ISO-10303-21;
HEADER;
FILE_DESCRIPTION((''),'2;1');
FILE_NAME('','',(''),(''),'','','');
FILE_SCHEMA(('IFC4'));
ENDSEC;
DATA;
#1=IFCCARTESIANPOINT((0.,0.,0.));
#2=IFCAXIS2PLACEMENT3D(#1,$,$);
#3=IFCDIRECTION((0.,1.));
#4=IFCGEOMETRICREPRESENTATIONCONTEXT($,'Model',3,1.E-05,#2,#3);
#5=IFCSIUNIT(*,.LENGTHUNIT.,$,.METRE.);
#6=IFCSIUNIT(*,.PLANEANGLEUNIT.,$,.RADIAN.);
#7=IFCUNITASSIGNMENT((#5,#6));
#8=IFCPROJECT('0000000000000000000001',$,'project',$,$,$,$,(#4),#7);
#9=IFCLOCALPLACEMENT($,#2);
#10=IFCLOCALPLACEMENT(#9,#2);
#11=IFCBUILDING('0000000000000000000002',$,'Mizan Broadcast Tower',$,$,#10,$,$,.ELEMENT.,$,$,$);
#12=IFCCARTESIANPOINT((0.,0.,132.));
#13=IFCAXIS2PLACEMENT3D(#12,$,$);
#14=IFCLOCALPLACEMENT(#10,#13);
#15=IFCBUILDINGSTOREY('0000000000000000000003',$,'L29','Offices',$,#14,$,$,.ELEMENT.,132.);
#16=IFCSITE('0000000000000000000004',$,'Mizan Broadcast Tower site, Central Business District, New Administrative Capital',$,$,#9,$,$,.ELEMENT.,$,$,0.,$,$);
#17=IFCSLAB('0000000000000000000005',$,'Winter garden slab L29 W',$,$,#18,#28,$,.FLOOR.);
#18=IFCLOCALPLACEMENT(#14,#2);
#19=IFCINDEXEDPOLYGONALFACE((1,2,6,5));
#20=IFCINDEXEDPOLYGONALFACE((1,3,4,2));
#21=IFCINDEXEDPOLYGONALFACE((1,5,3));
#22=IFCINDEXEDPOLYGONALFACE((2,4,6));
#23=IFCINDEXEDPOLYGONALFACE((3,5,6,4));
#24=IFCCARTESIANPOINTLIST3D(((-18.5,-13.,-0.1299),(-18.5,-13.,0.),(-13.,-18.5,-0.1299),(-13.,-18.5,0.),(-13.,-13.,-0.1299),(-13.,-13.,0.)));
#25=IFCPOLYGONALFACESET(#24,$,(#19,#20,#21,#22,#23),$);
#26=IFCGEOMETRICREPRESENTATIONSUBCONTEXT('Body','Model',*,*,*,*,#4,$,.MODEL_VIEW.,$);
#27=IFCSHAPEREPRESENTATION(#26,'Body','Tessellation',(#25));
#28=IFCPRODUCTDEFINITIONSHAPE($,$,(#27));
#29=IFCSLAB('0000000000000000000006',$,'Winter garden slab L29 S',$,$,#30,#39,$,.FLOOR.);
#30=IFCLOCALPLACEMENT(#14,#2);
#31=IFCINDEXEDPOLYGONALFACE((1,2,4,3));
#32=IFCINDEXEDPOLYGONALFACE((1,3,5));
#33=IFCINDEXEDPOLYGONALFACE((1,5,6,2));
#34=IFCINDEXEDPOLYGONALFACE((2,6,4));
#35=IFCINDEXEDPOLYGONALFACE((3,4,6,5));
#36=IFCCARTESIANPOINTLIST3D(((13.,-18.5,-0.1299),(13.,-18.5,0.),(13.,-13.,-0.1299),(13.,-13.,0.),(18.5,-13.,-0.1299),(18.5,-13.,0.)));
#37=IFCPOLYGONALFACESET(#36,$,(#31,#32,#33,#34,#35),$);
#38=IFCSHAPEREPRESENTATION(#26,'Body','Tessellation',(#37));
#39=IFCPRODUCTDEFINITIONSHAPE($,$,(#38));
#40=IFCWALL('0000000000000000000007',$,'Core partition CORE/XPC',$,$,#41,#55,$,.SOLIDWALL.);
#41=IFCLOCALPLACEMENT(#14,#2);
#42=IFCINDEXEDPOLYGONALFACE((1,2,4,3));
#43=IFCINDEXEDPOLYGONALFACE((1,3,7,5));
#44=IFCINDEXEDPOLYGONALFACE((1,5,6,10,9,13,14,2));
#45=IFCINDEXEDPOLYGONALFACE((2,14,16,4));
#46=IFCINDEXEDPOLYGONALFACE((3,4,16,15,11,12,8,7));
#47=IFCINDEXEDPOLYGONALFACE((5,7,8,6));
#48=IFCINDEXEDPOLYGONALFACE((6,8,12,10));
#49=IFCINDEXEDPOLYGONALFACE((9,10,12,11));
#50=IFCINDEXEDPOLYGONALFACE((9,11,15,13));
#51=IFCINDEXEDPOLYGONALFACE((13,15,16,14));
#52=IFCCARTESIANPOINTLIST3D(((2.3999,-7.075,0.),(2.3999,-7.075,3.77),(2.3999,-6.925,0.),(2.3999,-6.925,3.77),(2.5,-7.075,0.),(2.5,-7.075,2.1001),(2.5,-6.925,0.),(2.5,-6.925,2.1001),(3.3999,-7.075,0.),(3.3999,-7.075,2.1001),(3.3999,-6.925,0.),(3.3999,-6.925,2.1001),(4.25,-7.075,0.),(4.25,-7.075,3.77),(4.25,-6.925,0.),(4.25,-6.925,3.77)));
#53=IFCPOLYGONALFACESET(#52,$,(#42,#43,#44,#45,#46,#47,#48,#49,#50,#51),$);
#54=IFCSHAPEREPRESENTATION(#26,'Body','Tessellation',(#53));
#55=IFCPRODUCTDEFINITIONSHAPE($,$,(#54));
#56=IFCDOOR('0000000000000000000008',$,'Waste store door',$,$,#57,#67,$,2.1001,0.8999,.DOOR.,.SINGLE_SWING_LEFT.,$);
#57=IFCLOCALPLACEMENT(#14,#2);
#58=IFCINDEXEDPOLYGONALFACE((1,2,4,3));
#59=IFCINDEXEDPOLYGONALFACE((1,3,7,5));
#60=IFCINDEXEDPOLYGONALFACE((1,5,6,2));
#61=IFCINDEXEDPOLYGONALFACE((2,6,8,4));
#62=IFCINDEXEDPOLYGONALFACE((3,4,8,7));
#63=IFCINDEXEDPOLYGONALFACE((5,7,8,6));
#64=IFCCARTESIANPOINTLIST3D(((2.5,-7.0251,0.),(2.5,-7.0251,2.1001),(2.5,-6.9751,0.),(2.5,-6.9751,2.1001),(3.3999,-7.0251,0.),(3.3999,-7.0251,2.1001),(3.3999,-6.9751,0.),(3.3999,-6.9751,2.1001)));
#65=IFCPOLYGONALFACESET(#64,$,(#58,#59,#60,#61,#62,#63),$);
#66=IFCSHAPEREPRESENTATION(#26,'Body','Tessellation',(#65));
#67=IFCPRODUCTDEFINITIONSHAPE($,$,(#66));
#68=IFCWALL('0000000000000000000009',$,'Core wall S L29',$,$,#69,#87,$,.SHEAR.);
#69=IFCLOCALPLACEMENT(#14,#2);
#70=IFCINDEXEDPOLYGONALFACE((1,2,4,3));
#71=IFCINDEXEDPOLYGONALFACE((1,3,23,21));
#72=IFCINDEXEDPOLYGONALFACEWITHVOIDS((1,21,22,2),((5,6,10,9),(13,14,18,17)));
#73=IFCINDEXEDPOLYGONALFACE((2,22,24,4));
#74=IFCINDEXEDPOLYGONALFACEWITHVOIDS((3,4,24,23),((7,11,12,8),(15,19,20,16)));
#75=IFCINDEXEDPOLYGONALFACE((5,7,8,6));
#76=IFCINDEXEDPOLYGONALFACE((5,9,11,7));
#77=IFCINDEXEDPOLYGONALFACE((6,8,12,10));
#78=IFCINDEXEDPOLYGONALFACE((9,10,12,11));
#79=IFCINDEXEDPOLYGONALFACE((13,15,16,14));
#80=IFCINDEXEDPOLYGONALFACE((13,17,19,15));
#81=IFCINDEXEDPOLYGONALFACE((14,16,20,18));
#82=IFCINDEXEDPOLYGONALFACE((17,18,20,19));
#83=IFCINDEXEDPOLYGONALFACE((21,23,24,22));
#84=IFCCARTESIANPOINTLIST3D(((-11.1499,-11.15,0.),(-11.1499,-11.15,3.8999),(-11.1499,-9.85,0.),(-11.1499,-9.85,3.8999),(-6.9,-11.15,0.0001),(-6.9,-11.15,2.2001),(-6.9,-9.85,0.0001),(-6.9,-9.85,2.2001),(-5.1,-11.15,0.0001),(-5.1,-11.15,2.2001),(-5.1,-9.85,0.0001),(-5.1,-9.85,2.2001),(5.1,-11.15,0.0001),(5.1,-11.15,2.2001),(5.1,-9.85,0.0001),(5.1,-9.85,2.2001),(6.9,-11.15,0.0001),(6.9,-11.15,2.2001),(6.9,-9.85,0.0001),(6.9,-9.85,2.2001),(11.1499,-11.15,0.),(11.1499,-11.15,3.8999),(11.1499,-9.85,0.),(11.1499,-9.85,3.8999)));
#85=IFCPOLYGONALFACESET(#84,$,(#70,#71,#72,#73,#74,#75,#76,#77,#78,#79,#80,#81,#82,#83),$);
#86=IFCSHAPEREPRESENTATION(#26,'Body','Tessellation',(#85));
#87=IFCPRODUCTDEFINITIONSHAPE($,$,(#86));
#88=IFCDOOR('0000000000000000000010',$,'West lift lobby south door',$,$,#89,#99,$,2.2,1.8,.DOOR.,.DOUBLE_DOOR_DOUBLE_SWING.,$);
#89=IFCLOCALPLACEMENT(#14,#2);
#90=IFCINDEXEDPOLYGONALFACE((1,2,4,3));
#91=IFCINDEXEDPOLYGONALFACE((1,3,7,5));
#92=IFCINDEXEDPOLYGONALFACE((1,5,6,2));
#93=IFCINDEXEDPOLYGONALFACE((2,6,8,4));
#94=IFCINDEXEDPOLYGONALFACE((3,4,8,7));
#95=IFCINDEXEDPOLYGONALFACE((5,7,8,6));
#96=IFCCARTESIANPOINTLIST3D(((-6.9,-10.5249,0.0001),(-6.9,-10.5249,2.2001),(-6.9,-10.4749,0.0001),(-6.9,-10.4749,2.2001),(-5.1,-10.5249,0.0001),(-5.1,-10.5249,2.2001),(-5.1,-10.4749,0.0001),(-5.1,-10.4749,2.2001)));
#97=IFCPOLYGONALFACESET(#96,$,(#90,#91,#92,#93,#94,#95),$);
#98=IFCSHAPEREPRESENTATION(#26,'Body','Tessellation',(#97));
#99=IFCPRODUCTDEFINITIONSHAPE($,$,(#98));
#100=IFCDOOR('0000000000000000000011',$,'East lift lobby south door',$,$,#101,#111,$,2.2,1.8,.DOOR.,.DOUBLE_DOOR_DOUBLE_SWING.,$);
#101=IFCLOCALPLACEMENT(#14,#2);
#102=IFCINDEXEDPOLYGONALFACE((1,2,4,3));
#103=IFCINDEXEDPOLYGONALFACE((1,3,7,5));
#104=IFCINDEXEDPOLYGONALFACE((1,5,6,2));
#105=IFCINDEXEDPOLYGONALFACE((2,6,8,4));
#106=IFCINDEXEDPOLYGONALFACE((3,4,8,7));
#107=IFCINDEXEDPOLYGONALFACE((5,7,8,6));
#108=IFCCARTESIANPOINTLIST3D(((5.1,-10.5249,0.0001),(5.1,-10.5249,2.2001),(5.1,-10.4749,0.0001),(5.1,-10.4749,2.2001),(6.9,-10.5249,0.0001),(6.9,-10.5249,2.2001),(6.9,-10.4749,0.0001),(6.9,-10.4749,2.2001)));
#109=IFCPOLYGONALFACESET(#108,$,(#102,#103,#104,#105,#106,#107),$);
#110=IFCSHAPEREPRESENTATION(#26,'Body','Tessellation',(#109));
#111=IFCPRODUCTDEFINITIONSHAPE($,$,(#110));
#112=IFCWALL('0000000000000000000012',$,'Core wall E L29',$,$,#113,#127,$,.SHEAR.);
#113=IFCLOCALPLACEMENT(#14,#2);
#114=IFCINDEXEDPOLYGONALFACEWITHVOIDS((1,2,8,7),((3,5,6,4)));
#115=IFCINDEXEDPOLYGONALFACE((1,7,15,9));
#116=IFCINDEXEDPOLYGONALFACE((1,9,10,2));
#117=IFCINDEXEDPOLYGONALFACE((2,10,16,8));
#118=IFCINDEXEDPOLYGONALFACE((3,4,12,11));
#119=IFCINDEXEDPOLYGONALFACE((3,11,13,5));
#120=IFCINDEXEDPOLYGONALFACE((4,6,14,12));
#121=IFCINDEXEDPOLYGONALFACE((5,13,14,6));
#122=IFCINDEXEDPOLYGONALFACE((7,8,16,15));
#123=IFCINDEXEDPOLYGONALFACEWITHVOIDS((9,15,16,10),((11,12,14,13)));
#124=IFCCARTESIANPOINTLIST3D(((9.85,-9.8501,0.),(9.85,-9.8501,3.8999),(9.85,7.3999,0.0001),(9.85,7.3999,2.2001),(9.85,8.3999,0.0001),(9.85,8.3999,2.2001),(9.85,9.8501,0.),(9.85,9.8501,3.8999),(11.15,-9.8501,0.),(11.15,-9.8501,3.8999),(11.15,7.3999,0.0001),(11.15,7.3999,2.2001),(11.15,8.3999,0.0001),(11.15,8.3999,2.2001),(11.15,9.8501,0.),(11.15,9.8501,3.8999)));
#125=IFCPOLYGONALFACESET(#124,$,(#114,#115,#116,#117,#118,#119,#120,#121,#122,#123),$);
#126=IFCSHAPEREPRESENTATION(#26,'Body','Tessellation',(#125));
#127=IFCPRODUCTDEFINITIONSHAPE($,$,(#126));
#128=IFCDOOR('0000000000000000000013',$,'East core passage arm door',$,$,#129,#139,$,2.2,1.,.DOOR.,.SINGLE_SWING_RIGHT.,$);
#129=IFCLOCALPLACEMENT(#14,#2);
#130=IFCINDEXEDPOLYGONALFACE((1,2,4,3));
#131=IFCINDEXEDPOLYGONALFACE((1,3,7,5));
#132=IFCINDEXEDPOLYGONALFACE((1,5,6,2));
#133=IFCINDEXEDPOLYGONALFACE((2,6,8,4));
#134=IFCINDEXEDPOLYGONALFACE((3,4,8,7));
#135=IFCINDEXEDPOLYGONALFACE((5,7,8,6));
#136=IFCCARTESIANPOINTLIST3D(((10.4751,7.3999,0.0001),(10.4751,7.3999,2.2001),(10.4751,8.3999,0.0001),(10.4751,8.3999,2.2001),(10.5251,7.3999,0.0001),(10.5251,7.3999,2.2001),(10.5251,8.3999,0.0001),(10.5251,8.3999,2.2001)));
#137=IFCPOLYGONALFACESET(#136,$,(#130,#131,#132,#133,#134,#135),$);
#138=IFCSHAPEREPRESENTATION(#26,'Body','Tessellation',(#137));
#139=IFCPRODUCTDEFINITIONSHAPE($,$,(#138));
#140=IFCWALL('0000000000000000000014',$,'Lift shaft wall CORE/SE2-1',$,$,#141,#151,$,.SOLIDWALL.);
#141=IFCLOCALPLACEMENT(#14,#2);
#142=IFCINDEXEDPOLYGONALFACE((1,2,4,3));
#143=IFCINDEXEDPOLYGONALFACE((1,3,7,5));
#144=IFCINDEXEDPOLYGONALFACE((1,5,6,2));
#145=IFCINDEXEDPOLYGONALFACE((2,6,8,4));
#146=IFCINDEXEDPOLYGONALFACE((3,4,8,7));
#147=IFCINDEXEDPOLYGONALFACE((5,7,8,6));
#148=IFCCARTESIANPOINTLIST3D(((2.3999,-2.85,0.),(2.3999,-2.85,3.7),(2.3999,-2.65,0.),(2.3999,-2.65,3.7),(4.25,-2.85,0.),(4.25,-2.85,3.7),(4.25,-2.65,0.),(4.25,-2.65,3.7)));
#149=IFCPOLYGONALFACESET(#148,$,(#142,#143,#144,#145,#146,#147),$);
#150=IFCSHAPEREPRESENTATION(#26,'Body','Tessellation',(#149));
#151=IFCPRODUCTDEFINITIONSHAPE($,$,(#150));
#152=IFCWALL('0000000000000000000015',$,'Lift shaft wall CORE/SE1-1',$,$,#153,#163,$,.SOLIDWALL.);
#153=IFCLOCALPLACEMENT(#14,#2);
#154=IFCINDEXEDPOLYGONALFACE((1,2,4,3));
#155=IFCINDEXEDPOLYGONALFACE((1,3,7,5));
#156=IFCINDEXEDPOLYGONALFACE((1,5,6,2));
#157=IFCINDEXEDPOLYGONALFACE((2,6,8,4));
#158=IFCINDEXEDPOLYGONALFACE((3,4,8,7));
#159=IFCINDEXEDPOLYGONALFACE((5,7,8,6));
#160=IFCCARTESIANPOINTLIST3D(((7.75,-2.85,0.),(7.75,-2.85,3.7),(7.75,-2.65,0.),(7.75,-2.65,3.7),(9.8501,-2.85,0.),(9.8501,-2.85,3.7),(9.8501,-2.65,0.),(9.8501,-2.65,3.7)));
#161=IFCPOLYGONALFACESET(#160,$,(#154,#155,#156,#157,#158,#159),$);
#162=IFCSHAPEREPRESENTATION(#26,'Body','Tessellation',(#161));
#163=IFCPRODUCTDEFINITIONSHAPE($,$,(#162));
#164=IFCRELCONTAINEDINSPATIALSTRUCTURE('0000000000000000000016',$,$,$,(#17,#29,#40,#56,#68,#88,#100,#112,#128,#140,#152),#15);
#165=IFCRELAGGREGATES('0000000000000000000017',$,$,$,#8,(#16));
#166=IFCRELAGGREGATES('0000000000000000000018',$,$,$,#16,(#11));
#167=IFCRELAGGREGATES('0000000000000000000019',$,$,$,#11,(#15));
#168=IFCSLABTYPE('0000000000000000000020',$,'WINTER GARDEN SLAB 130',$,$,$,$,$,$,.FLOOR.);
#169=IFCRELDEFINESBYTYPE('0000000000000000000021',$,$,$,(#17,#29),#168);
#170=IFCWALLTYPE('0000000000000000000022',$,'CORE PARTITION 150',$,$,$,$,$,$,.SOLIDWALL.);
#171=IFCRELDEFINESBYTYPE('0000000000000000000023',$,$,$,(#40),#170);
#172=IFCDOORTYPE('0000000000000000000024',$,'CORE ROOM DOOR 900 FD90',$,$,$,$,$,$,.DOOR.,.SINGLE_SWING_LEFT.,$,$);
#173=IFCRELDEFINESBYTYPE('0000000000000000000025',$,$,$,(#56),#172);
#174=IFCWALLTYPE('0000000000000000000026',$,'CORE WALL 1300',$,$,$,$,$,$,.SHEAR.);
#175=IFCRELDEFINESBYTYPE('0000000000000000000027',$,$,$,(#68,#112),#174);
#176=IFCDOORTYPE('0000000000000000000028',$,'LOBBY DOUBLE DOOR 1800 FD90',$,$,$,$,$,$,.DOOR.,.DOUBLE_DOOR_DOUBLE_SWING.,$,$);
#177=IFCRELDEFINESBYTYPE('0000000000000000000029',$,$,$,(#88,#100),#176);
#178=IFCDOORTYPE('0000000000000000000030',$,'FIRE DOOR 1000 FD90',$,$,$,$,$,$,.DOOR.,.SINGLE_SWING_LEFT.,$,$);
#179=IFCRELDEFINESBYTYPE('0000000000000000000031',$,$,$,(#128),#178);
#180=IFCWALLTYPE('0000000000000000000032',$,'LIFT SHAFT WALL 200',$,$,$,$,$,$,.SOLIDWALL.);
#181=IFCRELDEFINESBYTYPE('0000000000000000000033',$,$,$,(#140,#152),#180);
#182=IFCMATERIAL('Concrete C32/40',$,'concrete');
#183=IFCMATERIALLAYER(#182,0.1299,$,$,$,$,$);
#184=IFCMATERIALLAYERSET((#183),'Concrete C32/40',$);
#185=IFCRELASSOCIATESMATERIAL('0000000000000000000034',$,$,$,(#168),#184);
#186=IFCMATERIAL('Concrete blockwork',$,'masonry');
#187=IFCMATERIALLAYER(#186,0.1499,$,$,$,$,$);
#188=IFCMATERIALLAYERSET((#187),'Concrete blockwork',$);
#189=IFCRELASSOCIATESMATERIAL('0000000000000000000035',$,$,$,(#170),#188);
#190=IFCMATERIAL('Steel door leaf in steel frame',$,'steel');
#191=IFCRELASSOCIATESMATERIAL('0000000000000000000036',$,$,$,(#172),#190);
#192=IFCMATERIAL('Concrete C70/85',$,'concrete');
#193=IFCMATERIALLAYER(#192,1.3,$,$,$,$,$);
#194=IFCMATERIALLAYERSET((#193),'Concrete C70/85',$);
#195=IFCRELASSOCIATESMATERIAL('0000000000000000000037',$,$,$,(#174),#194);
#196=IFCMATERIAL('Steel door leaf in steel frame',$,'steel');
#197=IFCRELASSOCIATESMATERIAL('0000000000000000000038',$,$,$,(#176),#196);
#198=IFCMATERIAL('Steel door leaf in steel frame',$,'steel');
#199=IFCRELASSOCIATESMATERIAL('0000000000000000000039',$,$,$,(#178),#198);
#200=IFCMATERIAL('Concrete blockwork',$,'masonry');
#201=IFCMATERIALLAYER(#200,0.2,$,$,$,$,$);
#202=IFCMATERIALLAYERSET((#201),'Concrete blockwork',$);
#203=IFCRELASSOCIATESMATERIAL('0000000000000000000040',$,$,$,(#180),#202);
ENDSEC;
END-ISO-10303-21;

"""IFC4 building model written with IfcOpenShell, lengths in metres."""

from ifc_helpers import new_model, si_unit, direction, frame, frame_2d, origin, place, context, subcontext, project, spatial, polyline, rectangle, outline, extrude, material, layer, layer_set, type_object, element, fill, save


model = new_model("IFC4")

# Units and contexts
model_context = context("Model", 3, precision=1e-05, world=origin(), true_north=direction((0.0, 1.0)))
body_context = subcontext(model_context, "Body", "Model", "MODEL_VIEW")
ifc_project = project(units=[si_unit("LENGTHUNIT", "METRE"), si_unit("PLANEANGLEUNIT", "RADIAN")], contexts=[model_context])

# Site, building, storey
site_placement = place(None, origin())
site = spatial("IfcSite", under=ifc_project, at=site_placement, Name="Mizan Broadcast Tower site, Central Business District, New Administrative Capital", CompositionType="ELEMENT", RefElevation=0.0)
building_placement = place(site_placement, origin())
building = spatial("IfcBuilding", under=site, at=building_placement, Name="Mizan Broadcast Tower", CompositionType="ELEMENT")
storey_placement = place(building_placement, frame((0.0, 0.0, 132.0)))
storey = spatial("IfcBuildingStorey", under=building, at=storey_placement, Name="L29", Description="Offices", CompositionType="ELEMENT", Elevation=132.0)

# Slabs
ifc_material_1 = material(Name="Concrete C32/40", Category="concrete")
ifc_layer_1 = layer(ifc_material_1, 0.1299)
ifc_layer_set_1 = layer_set([ifc_layer_1], Name="Concrete C32/40")
slab_type_1 = type_object("IfcSlabType", Name="WINTER GARDEN SLAB 130", PredefinedType="FLOOR", material=ifc_layer_set_1)
slab_1_placement = place(storey_placement, frame((0.0, 0.0, -0.1299)))
element("IfcSlab", 1, at=slab_1_placement, inside=storey, type_object=slab_type_1, Name="Winter garden slab L29 W", PredefinedType="FLOOR", context=body_context, shape_type="SweptSolid", body=[
    extrude(outline(polyline([(-13.0, -13.0), (-18.5, -13.0), (-13.0, -18.5), (-13.0, -13.0)])), origin(), (0.0, 0.0, 1.0), 0.1299),
])
slab_2_placement = place(storey_placement, frame((0.0, 0.0, -0.1299)))
element("IfcSlab", 2, at=slab_2_placement, inside=storey, type_object=slab_type_1, Name="Winter garden slab L29 S", PredefinedType="FLOOR", context=body_context, shape_type="SweptSolid", body=[
    extrude(outline(polyline([(13.0, -13.0), (13.0, -18.5), (18.5, -13.0), (13.0, -13.0)])), origin(), (0.0, 0.0, 1.0), 0.1299),
])

# Wall, opening, door
ifc_material_2 = material(Name="Concrete blockwork", Category="masonry")
ifc_layer_2 = layer(ifc_material_2, 0.1499)
ifc_layer_set_2 = layer_set([ifc_layer_2], Name="Concrete blockwork")
wall_type_1 = type_object("IfcWallType", Name="CORE PARTITION 150", PredefinedType="SOLIDWALL", material=ifc_layer_set_2)
wall_1_placement = place(storey_placement, frame((2.3999, -7.0, 0.0), z_axis=(0.0, 0.0, 1.0), x_axis=(1.0, 0.0, 0.0)))
wall_1 = element("IfcWall", 3, at=wall_1_placement, inside=storey, type_object=wall_type_1, Name="Core partition CORE/XPC", PredefinedType="SOLIDWALL", context=body_context, shape_type="SweptSolid", body=[
    extrude(rectangle(XDim=1.8501, YDim=0.1499, at=frame_2d((0.925, 0.0))), origin(), (0.0, 0.0, 1.0), 3.77),
])
opening_1_placement = place(wall_1_placement, frame((0.1001, 0.0, 0.0)))
opening_1 = element("IfcOpeningElement", 4, at=opening_1_placement, cuts=wall_1, PredefinedType="OPENING", context=body_context, shape_type="SweptSolid", body=[
    extrude(rectangle(XDim=0.8999, YDim=2.1001, at=frame_2d((0.45, 1.05))), frame((0.0, 0.085, 0.0), z_axis=(0.0, -1.0, 0.0), x_axis=(1.0, 0.0, 0.0)), (0.0, 0.0, 1.0), 0.1699),
])
ifc_material_3 = material(Name="Steel door leaf in steel frame", Category="steel")
door_type_1 = type_object("IfcDoorType", Name="CORE ROOM DOOR 900 FD90", OperationType="SINGLE_SWING_LEFT", PredefinedType="DOOR", material=ifc_material_3)
door_1_placement = place(opening_1_placement, origin())
door_1 = element("IfcDoor", 5, at=door_1_placement, inside=storey, type_object=door_type_1, Name="Waste store door", OperationType="SINGLE_SWING_LEFT", OverallHeight=2.1001, OverallWidth=0.8999, PredefinedType="DOOR", context=body_context, shape_type="SweptSolid", body=[
    extrude(rectangle(XDim=0.8999, YDim=2.1001, at=frame_2d((0.45, 1.05))), frame((0.0, 0.0249, 0.0), z_axis=(0.0, -1.0, 0.0), x_axis=(1.0, 0.0, 0.0)), (0.0, 0.0, 1.0), 0.05),
])
fill(opening_1, door_1)

# Wall, openings, doors
ifc_material_4 = material(Name="Concrete C70/85", Category="concrete")
ifc_layer_3 = layer(ifc_material_4, 1.3)
ifc_layer_set_3 = layer_set([ifc_layer_3], Name="Concrete C70/85")
wall_type_2 = type_object("IfcWallType", Name="CORE WALL 1300", PredefinedType="SHEAR", material=ifc_layer_set_3)
wall_2_placement = place(storey_placement, frame((11.1499, -10.5, 0.0), z_axis=(0.0, 0.0, 1.0), x_axis=(-1.0, 0.0, 0.0)))
wall_2 = element("IfcWall", 6, at=wall_2_placement, inside=storey, type_object=wall_type_2, Name="Core wall S L29", PredefinedType="SHEAR", context=body_context, shape_type="SweptSolid", body=[
    extrude(rectangle(XDim=22.2998, YDim=1.3, at=frame_2d((11.1499, 0.0))), origin(), (0.0, 0.0, 1.0), 3.8999),
])
opening_2_placement = place(wall_2_placement, frame((16.25, 0.0, 0.0)))
opening_2 = element("IfcOpeningElement", 7, at=opening_2_placement, cuts=wall_2, PredefinedType="OPENING", context=body_context, shape_type="SweptSolid", body=[
    extrude(rectangle(XDim=1.8, YDim=2.2, at=frame_2d((0.8999, 1.1001))), frame((0.0, 0.6599, 0.0), z_axis=(0.0, -1.0, 0.0), x_axis=(1.0, 0.0, 0.0)), (0.0, 0.0, 1.0), 1.3201),
])
opening_3_placement = place(wall_2_placement, frame((4.25, 0.0, 0.0)))
opening_3 = element("IfcOpeningElement", 8, at=opening_3_placement, cuts=wall_2, PredefinedType="OPENING", context=body_context, shape_type="SweptSolid", body=[
    extrude(rectangle(XDim=1.8, YDim=2.2, at=frame_2d((0.8999, 1.1001))), frame((0.0, 0.6599, 0.0), z_axis=(0.0, -1.0, 0.0), x_axis=(1.0, 0.0, 0.0)), (0.0, 0.0, 1.0), 1.3201),
])
ifc_material_5 = material(Name="Steel door leaf in steel frame", Category="steel")
door_type_2 = type_object("IfcDoorType", Name="LOBBY DOUBLE DOOR 1800 FD90", OperationType="DOUBLE_DOOR_DOUBLE_SWING", PredefinedType="DOOR", material=ifc_material_5)
door_2_placement = place(opening_2_placement, origin())
door_2 = element("IfcDoor", 9, at=door_2_placement, inside=storey, type_object=door_type_2, Name="West lift lobby south door", OperationType="DOUBLE_DOOR_DOUBLE_SWING", OverallHeight=2.2, OverallWidth=1.8, PredefinedType="DOOR", context=body_context, shape_type="SweptSolid", body=[
    extrude(rectangle(XDim=1.8, YDim=2.2, at=frame_2d((0.8999, 1.1001))), frame((0.0, 0.0249, 0.0), z_axis=(0.0, -1.0, 0.0), x_axis=(1.0, 0.0, 0.0)), (0.0, 0.0, 1.0), 0.05),
])
fill(opening_2, door_2)
door_3_placement = place(opening_3_placement, origin())
door_3 = element("IfcDoor", 10, at=door_3_placement, inside=storey, type_object=door_type_2, Name="East lift lobby south door", OperationType="DOUBLE_DOOR_DOUBLE_SWING", OverallHeight=2.2, OverallWidth=1.8, PredefinedType="DOOR", context=body_context, shape_type="SweptSolid", body=[
    extrude(rectangle(XDim=1.8, YDim=2.2, at=frame_2d((0.8999, 1.1001))), frame((0.0, 0.0249, 0.0), z_axis=(0.0, -1.0, 0.0), x_axis=(1.0, 0.0, 0.0)), (0.0, 0.0, 1.0), 0.05),
])
fill(opening_3, door_3)

# Wall, opening, door
wall_3_placement = place(storey_placement, frame((10.5, -9.8501, 0.0), z_axis=(0.0, 0.0, 1.0), x_axis=(0.0, 1.0, 0.0)))
wall_3 = element("IfcWall", 11, at=wall_3_placement, inside=storey, type_object=wall_type_2, Name="Core wall E L29", PredefinedType="SHEAR", context=body_context, shape_type="SweptSolid", body=[
    extrude(rectangle(XDim=19.7002, YDim=1.3, at=frame_2d((9.8501, 0.0))), origin(), (0.0, 0.0, 1.0), 3.8999),
])
opening_4_placement = place(wall_3_placement, frame((17.25, 0.0, 0.0)))
opening_4 = element("IfcOpeningElement", 12, at=opening_4_placement, cuts=wall_3, PredefinedType="OPENING", context=body_context, shape_type="SweptSolid", body=[
    extrude(rectangle(XDim=1.0, YDim=2.2, at=frame_2d((0.5, 1.1001))), frame((0.0, 0.6599, 0.0), z_axis=(0.0, -1.0, 0.0), x_axis=(1.0, 0.0, 0.0)), (0.0, 0.0, 1.0), 1.3201),
])
ifc_material_6 = material(Name="Steel door leaf in steel frame", Category="steel")
door_type_3 = type_object("IfcDoorType", Name="FIRE DOOR 1000 FD90", OperationType="SINGLE_SWING_LEFT", PredefinedType="DOOR", material=ifc_material_6)
door_4_placement = place(opening_4_placement, origin())
door_4 = element("IfcDoor", 13, at=door_4_placement, inside=storey, type_object=door_type_3, Name="East core passage arm door", OperationType="SINGLE_SWING_RIGHT", OverallHeight=2.2, OverallWidth=1.0, PredefinedType="DOOR", context=body_context, shape_type="SweptSolid", body=[
    extrude(rectangle(XDim=1.0, YDim=2.2, at=frame_2d((0.5, 1.1001))), frame((0.0, 0.0249, 0.0), z_axis=(0.0, -1.0, 0.0), x_axis=(1.0, 0.0, 0.0)), (0.0, 0.0, 1.0), 0.05),
])
fill(opening_4, door_4)

# Walls
ifc_material_7 = material(Name="Concrete blockwork", Category="masonry")
ifc_layer_4 = layer(ifc_material_7, 0.2)
ifc_layer_set_4 = layer_set([ifc_layer_4], Name="Concrete blockwork")
wall_type_3 = type_object("IfcWallType", Name="LIFT SHAFT WALL 200", PredefinedType="SOLIDWALL", material=ifc_layer_set_4)
wall_4_placement = place(storey_placement, frame((2.3999, -2.75, 0.0), z_axis=(0.0, 0.0, 1.0), x_axis=(1.0, 0.0, 0.0)))
element("IfcWall", 14, at=wall_4_placement, inside=storey, type_object=wall_type_3, Name="Lift shaft wall CORE/SE2-1", PredefinedType="SOLIDWALL", context=body_context, shape_type="SweptSolid", body=[
    extrude(rectangle(XDim=1.8501, YDim=0.2, at=frame_2d((0.925, 0.0))), origin(), (0.0, 0.0, 1.0), 3.7),
])
wall_5_placement = place(storey_placement, frame((7.75, -2.75, 0.0), z_axis=(0.0, 0.0, 1.0), x_axis=(1.0, 0.0, 0.0)))
element("IfcWall", 15, at=wall_5_placement, inside=storey, type_object=wall_type_3, Name="Lift shaft wall CORE/SE1-1", PredefinedType="SOLIDWALL", context=body_context, shape_type="SweptSolid", body=[
    extrude(rectangle(XDim=2.1001, YDim=0.2, at=frame_2d((1.05, 0.0))), origin(), (0.0, 0.0, 1.0), 3.7),
])

save(model, "model.ifc")
